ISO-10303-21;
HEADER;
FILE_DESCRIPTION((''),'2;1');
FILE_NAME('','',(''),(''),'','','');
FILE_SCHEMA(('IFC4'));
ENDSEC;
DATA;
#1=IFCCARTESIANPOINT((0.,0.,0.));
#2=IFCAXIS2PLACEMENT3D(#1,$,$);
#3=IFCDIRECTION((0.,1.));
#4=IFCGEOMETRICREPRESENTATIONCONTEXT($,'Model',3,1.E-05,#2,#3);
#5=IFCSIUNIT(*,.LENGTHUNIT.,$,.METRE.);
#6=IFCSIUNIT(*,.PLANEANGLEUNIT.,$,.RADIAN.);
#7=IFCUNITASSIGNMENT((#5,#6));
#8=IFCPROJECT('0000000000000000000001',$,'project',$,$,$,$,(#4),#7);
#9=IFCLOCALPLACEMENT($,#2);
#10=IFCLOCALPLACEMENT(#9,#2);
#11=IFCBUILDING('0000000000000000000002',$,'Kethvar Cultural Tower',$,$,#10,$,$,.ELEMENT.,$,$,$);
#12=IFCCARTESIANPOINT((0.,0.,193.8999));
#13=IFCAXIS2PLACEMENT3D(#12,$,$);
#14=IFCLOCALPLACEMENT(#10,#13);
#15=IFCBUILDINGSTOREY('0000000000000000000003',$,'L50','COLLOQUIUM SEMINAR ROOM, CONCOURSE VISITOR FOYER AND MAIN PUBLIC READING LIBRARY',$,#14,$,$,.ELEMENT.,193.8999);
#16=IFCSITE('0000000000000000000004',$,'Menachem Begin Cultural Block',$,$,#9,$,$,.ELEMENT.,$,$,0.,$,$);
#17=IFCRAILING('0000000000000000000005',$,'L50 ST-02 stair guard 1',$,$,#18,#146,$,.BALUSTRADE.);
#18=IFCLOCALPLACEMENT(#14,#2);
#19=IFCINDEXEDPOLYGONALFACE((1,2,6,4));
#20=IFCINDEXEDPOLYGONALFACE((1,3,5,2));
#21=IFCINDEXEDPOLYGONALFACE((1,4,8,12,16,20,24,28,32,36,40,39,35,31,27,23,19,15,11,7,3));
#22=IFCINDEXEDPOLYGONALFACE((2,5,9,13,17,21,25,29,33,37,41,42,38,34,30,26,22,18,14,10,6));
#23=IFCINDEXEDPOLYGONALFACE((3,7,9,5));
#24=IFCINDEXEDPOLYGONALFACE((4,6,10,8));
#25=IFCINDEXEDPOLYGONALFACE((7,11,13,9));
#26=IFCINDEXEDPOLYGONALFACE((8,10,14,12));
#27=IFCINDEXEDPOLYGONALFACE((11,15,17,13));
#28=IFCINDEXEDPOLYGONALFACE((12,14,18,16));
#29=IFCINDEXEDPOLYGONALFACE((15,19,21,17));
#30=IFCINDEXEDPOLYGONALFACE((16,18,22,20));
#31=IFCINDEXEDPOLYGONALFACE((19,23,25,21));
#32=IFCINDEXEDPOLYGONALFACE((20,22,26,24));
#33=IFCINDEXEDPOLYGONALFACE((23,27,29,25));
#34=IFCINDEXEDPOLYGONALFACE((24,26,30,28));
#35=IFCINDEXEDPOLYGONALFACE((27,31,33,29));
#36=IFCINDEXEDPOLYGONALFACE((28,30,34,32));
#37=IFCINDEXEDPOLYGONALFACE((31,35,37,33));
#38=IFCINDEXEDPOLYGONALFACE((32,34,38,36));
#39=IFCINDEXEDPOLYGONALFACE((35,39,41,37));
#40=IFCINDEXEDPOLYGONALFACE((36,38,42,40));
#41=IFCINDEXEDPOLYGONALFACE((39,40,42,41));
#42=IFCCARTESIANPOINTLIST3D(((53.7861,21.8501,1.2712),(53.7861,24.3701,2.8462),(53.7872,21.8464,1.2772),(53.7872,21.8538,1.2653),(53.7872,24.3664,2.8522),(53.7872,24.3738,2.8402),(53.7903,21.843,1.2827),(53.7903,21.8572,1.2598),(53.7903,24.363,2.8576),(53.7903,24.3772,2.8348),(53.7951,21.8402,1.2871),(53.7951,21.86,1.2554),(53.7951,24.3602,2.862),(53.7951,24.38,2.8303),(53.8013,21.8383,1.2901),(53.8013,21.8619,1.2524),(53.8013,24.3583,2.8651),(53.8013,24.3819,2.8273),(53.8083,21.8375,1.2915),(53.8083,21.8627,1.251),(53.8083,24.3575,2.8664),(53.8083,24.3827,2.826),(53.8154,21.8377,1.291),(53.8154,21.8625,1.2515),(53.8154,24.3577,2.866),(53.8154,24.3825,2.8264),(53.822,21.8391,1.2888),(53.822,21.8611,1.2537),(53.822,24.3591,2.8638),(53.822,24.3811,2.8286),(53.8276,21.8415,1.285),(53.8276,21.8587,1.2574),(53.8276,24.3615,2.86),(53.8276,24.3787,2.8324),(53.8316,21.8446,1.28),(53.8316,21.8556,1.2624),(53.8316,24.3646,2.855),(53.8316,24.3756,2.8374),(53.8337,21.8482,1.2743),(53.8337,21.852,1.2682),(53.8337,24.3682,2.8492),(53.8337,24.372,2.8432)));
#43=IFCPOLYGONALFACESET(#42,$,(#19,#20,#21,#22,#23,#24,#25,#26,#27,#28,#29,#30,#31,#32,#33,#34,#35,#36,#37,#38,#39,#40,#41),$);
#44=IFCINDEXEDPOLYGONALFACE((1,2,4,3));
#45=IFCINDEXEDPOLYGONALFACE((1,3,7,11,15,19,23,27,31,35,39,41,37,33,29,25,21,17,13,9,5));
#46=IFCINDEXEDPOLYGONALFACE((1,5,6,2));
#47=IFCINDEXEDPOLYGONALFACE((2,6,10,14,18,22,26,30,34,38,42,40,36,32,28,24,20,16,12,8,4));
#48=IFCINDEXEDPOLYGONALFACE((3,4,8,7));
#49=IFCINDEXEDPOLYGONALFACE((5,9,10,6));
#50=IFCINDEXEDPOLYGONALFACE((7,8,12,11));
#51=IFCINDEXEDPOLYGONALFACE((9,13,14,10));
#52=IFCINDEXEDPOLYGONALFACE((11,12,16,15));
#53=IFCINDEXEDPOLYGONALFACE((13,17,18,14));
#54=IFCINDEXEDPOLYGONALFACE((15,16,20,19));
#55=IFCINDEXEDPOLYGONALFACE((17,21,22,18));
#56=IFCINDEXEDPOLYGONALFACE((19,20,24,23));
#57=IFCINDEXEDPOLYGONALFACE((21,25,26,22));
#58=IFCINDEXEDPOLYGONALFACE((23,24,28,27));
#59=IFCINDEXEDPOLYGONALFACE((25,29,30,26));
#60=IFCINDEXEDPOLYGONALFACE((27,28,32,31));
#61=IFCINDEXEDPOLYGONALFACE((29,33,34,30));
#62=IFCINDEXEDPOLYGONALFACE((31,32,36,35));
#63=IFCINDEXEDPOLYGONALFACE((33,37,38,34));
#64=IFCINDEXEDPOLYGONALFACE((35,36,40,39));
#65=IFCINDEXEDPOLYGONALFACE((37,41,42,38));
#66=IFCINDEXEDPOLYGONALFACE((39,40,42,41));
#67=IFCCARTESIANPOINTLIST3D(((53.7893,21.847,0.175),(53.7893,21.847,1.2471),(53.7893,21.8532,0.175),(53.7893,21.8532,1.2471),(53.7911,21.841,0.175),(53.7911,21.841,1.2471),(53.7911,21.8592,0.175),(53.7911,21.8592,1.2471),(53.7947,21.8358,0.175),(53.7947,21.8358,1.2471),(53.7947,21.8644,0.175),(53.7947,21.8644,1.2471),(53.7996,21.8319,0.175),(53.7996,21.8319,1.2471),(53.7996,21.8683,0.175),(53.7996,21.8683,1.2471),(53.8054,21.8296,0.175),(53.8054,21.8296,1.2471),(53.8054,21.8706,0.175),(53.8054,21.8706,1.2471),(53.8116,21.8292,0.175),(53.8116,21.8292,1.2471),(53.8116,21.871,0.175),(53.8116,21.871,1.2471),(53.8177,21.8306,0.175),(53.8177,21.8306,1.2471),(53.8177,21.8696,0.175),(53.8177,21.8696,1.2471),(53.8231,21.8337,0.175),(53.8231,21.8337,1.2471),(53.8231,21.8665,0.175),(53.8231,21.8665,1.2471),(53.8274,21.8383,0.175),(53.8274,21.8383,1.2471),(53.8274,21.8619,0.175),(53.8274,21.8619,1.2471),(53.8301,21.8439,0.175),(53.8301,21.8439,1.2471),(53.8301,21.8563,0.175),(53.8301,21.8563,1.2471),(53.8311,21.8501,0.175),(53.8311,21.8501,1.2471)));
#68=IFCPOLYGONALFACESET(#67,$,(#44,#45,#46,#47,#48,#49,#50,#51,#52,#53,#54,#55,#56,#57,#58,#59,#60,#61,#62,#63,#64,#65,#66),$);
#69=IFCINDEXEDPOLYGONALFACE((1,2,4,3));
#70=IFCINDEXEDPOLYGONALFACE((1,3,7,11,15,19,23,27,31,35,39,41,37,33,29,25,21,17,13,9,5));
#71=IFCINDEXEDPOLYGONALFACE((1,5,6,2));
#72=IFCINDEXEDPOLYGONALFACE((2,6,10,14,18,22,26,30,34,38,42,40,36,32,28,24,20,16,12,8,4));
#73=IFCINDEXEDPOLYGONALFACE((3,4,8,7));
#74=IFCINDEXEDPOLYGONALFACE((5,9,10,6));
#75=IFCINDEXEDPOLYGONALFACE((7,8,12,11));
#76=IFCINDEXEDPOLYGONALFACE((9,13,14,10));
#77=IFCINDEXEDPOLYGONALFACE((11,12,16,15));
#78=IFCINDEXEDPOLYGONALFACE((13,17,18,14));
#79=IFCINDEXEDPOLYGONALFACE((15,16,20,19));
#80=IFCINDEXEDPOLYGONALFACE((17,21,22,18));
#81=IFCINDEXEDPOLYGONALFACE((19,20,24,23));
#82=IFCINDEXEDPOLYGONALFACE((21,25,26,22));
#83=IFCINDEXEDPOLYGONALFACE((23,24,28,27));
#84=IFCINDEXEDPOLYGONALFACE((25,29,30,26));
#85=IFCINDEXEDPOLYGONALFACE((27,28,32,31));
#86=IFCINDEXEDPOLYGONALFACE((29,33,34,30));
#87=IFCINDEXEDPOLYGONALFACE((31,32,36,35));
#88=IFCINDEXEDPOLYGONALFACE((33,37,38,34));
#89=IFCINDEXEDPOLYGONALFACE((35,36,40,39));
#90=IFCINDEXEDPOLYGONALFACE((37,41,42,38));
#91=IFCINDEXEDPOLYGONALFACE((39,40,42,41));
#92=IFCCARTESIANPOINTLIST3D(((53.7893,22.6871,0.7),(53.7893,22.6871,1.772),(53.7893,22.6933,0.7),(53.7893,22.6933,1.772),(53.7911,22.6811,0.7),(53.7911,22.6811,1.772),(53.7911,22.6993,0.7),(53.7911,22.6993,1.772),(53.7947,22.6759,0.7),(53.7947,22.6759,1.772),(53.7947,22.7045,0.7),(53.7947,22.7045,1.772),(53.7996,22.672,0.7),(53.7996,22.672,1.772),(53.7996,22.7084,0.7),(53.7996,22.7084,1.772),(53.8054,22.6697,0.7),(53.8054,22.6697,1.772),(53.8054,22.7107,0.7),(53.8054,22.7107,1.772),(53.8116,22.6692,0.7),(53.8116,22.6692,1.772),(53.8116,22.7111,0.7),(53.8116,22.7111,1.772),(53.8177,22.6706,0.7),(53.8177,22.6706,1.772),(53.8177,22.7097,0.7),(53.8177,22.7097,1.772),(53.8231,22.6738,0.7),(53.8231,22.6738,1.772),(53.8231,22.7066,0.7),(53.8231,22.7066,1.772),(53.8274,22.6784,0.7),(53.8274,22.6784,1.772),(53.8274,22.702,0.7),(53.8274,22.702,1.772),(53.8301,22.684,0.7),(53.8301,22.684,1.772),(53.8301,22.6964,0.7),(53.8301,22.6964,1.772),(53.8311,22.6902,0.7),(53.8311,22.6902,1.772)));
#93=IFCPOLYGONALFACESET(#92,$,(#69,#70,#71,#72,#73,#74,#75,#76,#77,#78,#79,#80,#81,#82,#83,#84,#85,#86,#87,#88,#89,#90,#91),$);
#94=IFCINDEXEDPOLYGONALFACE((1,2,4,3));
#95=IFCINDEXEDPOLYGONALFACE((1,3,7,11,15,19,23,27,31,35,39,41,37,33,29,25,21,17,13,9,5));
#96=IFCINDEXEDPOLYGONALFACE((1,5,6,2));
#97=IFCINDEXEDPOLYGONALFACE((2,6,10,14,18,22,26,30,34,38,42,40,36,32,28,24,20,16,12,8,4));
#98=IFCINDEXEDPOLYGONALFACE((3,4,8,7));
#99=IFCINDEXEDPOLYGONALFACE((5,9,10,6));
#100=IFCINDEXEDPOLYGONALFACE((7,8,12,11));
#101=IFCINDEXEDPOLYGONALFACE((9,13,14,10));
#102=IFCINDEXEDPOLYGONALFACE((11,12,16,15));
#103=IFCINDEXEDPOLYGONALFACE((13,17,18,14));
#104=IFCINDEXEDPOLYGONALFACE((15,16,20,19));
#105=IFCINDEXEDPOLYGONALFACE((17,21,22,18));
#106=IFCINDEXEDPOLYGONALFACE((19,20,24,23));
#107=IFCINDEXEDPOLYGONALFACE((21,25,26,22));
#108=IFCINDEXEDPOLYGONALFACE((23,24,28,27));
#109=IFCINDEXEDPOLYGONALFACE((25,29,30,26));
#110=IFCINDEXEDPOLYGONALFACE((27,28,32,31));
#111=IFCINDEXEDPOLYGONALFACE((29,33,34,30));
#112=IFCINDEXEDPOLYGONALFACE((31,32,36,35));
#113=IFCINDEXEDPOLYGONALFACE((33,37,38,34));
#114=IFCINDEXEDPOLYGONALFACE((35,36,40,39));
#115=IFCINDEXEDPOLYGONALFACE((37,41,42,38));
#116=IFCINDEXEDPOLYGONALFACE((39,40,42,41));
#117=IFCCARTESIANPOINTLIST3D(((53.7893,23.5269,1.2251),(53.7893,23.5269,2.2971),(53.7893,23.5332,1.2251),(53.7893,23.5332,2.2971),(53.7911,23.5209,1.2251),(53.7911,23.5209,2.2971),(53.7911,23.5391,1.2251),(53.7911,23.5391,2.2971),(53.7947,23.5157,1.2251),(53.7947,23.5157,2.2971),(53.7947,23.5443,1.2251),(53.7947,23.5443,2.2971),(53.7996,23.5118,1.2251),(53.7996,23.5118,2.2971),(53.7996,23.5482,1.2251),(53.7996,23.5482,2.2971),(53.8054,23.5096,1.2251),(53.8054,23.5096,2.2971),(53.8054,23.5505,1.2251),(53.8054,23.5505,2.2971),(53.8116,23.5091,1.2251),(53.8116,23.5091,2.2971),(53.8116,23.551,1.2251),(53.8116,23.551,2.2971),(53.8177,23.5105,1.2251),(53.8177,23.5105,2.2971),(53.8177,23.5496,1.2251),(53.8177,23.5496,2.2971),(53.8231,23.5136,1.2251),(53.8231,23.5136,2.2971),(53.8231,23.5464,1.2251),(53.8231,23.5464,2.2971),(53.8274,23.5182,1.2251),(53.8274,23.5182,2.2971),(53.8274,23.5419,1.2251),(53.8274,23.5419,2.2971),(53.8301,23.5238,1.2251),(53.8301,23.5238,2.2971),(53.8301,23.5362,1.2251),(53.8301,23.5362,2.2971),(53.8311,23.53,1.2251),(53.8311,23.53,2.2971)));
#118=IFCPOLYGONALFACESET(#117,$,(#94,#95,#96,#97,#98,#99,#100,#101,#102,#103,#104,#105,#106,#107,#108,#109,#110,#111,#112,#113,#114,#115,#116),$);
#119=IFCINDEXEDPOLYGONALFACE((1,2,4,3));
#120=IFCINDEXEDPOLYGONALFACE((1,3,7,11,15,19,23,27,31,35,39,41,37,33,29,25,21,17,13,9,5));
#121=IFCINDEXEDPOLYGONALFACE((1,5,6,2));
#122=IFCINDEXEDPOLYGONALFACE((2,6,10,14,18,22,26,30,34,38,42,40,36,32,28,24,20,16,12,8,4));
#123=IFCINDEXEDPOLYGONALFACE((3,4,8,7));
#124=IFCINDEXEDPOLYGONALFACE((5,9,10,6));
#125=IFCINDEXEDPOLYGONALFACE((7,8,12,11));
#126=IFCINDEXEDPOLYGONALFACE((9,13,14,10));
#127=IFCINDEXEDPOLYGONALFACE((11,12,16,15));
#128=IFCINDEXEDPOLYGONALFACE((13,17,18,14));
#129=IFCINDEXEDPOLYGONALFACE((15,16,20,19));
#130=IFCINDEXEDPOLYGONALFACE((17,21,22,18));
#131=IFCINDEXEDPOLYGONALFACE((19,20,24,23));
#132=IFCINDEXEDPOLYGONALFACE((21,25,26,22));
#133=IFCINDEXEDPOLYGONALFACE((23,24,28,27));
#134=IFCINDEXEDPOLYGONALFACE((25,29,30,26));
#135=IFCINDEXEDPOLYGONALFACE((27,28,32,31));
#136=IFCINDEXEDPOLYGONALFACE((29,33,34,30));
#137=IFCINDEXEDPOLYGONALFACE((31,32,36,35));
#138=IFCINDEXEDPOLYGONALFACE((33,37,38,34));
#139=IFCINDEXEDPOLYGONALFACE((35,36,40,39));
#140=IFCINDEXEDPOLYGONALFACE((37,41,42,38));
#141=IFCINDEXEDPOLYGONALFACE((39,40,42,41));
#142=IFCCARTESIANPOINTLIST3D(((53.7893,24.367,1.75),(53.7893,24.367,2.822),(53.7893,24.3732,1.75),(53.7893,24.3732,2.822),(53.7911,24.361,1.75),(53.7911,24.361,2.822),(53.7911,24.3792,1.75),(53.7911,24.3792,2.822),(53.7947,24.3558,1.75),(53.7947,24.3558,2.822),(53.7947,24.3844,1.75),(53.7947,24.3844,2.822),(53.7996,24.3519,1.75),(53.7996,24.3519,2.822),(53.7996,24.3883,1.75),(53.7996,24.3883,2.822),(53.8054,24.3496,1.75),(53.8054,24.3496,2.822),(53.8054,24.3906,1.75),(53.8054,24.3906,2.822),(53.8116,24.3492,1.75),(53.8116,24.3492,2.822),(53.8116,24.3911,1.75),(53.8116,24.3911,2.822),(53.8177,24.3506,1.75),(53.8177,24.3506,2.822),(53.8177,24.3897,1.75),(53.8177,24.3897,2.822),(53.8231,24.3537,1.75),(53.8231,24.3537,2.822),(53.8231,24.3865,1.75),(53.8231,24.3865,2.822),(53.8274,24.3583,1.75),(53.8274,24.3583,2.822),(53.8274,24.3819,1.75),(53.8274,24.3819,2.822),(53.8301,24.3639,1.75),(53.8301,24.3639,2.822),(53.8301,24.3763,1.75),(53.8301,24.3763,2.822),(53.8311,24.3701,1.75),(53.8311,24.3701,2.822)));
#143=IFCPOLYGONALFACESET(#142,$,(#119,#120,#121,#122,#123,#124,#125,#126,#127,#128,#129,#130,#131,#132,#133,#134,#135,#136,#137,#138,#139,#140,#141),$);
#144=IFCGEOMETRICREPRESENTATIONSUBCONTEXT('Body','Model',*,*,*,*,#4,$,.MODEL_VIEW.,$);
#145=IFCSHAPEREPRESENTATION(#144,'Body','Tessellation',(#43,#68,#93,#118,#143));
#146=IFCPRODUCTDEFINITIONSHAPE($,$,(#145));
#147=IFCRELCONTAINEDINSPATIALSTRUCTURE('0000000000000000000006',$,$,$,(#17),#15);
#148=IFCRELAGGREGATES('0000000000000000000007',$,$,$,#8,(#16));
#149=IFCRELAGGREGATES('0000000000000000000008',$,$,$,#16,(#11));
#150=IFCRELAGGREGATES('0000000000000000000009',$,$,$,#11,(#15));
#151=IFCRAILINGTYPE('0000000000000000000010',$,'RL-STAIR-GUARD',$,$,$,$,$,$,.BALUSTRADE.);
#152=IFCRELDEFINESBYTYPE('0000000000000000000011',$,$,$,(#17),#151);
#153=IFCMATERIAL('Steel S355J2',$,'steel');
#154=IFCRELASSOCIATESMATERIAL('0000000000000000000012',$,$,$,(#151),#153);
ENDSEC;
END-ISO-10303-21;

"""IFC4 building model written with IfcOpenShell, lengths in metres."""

from ifc_helpers import new_model, si_unit, direction, frame, origin, origin_2d, place, context, subcontext, project, spatial, circle, extrude, material, type_object, element, save


model = new_model("IFC4")

# Units and contexts
model_context = context("Model", 3, precision=1e-05, world=origin(), true_north=direction((0.0, 1.0)))
body_context = subcontext(model_context, "Body", "Model", "MODEL_VIEW")
ifc_project = project(units=[si_unit("LENGTHUNIT", "METRE"), si_unit("PLANEANGLEUNIT", "RADIAN")], contexts=[model_context])

# Site, building, storey
site_placement = place(None, origin())
site = spatial("IfcSite", under=ifc_project, at=site_placement, Name="Menachem Begin Cultural Block", CompositionType="ELEMENT", RefElevation=0.0)
building_placement = place(site_placement, origin())
building = spatial("IfcBuilding", under=site, at=building_placement, Name="Kethvar Cultural Tower", CompositionType="ELEMENT")
storey_placement = place(building_placement, frame((0.0, 0.0, 193.8999)))
storey = spatial("IfcBuildingStorey", under=building, at=storey_placement, Name="L50", Description="COLLOQUIUM SEMINAR ROOM, CONCOURSE VISITOR FOYER AND MAIN PUBLIC READING LIBRARY", CompositionType="ELEMENT", Elevation=193.8999)

# Shared definitions
ifc_material_1 = material(Name="Steel S355J2", Category="steel")

# Railing
railing_type_1 = type_object("IfcRailingType", Name="RL-STAIR-GUARD", PredefinedType="BALUSTRADE", material=ifc_material_1)
railing_1_placement = place(storey_placement, frame((53.8101, 21.8501, 0.175)))
element("IfcRailing", 1, at=railing_1_placement, inside=storey, type_object=railing_type_1, Name="L50 ST-02 stair guard 1", PredefinedType="BALUSTRADE", context=body_context, shape_type="SweptSolid", body=[
    extrude(circle(Radius=0.0239, at=origin_2d()), frame((0.0, 0.0, 1.0962), z_axis=(0.0, 0.848008, 0.529984), x_axis=(-1.0, 0.0, 0.0)), (0.0, 0.0, 1.0), 2.9717),
    extrude(circle(Radius=0.021, at=origin_2d()), origin(), (0.0, 0.0, 1.0), 1.072),
    extrude(circle(Radius=0.021, at=origin_2d()), frame((0.0, 0.8401, 0.5249)), (0.0, 0.0, 1.0), 1.072),
    extrude(circle(Radius=0.021, at=origin_2d()), frame((0.0, 1.6799, 1.05)), (0.0, 0.0, 1.0), 1.072),
    extrude(circle(Radius=0.021, at=origin_2d()), frame((0.0, 2.52, 1.575)), (0.0, 0.0, 1.0), 1.072),
])

save(model, "model.ifc")
